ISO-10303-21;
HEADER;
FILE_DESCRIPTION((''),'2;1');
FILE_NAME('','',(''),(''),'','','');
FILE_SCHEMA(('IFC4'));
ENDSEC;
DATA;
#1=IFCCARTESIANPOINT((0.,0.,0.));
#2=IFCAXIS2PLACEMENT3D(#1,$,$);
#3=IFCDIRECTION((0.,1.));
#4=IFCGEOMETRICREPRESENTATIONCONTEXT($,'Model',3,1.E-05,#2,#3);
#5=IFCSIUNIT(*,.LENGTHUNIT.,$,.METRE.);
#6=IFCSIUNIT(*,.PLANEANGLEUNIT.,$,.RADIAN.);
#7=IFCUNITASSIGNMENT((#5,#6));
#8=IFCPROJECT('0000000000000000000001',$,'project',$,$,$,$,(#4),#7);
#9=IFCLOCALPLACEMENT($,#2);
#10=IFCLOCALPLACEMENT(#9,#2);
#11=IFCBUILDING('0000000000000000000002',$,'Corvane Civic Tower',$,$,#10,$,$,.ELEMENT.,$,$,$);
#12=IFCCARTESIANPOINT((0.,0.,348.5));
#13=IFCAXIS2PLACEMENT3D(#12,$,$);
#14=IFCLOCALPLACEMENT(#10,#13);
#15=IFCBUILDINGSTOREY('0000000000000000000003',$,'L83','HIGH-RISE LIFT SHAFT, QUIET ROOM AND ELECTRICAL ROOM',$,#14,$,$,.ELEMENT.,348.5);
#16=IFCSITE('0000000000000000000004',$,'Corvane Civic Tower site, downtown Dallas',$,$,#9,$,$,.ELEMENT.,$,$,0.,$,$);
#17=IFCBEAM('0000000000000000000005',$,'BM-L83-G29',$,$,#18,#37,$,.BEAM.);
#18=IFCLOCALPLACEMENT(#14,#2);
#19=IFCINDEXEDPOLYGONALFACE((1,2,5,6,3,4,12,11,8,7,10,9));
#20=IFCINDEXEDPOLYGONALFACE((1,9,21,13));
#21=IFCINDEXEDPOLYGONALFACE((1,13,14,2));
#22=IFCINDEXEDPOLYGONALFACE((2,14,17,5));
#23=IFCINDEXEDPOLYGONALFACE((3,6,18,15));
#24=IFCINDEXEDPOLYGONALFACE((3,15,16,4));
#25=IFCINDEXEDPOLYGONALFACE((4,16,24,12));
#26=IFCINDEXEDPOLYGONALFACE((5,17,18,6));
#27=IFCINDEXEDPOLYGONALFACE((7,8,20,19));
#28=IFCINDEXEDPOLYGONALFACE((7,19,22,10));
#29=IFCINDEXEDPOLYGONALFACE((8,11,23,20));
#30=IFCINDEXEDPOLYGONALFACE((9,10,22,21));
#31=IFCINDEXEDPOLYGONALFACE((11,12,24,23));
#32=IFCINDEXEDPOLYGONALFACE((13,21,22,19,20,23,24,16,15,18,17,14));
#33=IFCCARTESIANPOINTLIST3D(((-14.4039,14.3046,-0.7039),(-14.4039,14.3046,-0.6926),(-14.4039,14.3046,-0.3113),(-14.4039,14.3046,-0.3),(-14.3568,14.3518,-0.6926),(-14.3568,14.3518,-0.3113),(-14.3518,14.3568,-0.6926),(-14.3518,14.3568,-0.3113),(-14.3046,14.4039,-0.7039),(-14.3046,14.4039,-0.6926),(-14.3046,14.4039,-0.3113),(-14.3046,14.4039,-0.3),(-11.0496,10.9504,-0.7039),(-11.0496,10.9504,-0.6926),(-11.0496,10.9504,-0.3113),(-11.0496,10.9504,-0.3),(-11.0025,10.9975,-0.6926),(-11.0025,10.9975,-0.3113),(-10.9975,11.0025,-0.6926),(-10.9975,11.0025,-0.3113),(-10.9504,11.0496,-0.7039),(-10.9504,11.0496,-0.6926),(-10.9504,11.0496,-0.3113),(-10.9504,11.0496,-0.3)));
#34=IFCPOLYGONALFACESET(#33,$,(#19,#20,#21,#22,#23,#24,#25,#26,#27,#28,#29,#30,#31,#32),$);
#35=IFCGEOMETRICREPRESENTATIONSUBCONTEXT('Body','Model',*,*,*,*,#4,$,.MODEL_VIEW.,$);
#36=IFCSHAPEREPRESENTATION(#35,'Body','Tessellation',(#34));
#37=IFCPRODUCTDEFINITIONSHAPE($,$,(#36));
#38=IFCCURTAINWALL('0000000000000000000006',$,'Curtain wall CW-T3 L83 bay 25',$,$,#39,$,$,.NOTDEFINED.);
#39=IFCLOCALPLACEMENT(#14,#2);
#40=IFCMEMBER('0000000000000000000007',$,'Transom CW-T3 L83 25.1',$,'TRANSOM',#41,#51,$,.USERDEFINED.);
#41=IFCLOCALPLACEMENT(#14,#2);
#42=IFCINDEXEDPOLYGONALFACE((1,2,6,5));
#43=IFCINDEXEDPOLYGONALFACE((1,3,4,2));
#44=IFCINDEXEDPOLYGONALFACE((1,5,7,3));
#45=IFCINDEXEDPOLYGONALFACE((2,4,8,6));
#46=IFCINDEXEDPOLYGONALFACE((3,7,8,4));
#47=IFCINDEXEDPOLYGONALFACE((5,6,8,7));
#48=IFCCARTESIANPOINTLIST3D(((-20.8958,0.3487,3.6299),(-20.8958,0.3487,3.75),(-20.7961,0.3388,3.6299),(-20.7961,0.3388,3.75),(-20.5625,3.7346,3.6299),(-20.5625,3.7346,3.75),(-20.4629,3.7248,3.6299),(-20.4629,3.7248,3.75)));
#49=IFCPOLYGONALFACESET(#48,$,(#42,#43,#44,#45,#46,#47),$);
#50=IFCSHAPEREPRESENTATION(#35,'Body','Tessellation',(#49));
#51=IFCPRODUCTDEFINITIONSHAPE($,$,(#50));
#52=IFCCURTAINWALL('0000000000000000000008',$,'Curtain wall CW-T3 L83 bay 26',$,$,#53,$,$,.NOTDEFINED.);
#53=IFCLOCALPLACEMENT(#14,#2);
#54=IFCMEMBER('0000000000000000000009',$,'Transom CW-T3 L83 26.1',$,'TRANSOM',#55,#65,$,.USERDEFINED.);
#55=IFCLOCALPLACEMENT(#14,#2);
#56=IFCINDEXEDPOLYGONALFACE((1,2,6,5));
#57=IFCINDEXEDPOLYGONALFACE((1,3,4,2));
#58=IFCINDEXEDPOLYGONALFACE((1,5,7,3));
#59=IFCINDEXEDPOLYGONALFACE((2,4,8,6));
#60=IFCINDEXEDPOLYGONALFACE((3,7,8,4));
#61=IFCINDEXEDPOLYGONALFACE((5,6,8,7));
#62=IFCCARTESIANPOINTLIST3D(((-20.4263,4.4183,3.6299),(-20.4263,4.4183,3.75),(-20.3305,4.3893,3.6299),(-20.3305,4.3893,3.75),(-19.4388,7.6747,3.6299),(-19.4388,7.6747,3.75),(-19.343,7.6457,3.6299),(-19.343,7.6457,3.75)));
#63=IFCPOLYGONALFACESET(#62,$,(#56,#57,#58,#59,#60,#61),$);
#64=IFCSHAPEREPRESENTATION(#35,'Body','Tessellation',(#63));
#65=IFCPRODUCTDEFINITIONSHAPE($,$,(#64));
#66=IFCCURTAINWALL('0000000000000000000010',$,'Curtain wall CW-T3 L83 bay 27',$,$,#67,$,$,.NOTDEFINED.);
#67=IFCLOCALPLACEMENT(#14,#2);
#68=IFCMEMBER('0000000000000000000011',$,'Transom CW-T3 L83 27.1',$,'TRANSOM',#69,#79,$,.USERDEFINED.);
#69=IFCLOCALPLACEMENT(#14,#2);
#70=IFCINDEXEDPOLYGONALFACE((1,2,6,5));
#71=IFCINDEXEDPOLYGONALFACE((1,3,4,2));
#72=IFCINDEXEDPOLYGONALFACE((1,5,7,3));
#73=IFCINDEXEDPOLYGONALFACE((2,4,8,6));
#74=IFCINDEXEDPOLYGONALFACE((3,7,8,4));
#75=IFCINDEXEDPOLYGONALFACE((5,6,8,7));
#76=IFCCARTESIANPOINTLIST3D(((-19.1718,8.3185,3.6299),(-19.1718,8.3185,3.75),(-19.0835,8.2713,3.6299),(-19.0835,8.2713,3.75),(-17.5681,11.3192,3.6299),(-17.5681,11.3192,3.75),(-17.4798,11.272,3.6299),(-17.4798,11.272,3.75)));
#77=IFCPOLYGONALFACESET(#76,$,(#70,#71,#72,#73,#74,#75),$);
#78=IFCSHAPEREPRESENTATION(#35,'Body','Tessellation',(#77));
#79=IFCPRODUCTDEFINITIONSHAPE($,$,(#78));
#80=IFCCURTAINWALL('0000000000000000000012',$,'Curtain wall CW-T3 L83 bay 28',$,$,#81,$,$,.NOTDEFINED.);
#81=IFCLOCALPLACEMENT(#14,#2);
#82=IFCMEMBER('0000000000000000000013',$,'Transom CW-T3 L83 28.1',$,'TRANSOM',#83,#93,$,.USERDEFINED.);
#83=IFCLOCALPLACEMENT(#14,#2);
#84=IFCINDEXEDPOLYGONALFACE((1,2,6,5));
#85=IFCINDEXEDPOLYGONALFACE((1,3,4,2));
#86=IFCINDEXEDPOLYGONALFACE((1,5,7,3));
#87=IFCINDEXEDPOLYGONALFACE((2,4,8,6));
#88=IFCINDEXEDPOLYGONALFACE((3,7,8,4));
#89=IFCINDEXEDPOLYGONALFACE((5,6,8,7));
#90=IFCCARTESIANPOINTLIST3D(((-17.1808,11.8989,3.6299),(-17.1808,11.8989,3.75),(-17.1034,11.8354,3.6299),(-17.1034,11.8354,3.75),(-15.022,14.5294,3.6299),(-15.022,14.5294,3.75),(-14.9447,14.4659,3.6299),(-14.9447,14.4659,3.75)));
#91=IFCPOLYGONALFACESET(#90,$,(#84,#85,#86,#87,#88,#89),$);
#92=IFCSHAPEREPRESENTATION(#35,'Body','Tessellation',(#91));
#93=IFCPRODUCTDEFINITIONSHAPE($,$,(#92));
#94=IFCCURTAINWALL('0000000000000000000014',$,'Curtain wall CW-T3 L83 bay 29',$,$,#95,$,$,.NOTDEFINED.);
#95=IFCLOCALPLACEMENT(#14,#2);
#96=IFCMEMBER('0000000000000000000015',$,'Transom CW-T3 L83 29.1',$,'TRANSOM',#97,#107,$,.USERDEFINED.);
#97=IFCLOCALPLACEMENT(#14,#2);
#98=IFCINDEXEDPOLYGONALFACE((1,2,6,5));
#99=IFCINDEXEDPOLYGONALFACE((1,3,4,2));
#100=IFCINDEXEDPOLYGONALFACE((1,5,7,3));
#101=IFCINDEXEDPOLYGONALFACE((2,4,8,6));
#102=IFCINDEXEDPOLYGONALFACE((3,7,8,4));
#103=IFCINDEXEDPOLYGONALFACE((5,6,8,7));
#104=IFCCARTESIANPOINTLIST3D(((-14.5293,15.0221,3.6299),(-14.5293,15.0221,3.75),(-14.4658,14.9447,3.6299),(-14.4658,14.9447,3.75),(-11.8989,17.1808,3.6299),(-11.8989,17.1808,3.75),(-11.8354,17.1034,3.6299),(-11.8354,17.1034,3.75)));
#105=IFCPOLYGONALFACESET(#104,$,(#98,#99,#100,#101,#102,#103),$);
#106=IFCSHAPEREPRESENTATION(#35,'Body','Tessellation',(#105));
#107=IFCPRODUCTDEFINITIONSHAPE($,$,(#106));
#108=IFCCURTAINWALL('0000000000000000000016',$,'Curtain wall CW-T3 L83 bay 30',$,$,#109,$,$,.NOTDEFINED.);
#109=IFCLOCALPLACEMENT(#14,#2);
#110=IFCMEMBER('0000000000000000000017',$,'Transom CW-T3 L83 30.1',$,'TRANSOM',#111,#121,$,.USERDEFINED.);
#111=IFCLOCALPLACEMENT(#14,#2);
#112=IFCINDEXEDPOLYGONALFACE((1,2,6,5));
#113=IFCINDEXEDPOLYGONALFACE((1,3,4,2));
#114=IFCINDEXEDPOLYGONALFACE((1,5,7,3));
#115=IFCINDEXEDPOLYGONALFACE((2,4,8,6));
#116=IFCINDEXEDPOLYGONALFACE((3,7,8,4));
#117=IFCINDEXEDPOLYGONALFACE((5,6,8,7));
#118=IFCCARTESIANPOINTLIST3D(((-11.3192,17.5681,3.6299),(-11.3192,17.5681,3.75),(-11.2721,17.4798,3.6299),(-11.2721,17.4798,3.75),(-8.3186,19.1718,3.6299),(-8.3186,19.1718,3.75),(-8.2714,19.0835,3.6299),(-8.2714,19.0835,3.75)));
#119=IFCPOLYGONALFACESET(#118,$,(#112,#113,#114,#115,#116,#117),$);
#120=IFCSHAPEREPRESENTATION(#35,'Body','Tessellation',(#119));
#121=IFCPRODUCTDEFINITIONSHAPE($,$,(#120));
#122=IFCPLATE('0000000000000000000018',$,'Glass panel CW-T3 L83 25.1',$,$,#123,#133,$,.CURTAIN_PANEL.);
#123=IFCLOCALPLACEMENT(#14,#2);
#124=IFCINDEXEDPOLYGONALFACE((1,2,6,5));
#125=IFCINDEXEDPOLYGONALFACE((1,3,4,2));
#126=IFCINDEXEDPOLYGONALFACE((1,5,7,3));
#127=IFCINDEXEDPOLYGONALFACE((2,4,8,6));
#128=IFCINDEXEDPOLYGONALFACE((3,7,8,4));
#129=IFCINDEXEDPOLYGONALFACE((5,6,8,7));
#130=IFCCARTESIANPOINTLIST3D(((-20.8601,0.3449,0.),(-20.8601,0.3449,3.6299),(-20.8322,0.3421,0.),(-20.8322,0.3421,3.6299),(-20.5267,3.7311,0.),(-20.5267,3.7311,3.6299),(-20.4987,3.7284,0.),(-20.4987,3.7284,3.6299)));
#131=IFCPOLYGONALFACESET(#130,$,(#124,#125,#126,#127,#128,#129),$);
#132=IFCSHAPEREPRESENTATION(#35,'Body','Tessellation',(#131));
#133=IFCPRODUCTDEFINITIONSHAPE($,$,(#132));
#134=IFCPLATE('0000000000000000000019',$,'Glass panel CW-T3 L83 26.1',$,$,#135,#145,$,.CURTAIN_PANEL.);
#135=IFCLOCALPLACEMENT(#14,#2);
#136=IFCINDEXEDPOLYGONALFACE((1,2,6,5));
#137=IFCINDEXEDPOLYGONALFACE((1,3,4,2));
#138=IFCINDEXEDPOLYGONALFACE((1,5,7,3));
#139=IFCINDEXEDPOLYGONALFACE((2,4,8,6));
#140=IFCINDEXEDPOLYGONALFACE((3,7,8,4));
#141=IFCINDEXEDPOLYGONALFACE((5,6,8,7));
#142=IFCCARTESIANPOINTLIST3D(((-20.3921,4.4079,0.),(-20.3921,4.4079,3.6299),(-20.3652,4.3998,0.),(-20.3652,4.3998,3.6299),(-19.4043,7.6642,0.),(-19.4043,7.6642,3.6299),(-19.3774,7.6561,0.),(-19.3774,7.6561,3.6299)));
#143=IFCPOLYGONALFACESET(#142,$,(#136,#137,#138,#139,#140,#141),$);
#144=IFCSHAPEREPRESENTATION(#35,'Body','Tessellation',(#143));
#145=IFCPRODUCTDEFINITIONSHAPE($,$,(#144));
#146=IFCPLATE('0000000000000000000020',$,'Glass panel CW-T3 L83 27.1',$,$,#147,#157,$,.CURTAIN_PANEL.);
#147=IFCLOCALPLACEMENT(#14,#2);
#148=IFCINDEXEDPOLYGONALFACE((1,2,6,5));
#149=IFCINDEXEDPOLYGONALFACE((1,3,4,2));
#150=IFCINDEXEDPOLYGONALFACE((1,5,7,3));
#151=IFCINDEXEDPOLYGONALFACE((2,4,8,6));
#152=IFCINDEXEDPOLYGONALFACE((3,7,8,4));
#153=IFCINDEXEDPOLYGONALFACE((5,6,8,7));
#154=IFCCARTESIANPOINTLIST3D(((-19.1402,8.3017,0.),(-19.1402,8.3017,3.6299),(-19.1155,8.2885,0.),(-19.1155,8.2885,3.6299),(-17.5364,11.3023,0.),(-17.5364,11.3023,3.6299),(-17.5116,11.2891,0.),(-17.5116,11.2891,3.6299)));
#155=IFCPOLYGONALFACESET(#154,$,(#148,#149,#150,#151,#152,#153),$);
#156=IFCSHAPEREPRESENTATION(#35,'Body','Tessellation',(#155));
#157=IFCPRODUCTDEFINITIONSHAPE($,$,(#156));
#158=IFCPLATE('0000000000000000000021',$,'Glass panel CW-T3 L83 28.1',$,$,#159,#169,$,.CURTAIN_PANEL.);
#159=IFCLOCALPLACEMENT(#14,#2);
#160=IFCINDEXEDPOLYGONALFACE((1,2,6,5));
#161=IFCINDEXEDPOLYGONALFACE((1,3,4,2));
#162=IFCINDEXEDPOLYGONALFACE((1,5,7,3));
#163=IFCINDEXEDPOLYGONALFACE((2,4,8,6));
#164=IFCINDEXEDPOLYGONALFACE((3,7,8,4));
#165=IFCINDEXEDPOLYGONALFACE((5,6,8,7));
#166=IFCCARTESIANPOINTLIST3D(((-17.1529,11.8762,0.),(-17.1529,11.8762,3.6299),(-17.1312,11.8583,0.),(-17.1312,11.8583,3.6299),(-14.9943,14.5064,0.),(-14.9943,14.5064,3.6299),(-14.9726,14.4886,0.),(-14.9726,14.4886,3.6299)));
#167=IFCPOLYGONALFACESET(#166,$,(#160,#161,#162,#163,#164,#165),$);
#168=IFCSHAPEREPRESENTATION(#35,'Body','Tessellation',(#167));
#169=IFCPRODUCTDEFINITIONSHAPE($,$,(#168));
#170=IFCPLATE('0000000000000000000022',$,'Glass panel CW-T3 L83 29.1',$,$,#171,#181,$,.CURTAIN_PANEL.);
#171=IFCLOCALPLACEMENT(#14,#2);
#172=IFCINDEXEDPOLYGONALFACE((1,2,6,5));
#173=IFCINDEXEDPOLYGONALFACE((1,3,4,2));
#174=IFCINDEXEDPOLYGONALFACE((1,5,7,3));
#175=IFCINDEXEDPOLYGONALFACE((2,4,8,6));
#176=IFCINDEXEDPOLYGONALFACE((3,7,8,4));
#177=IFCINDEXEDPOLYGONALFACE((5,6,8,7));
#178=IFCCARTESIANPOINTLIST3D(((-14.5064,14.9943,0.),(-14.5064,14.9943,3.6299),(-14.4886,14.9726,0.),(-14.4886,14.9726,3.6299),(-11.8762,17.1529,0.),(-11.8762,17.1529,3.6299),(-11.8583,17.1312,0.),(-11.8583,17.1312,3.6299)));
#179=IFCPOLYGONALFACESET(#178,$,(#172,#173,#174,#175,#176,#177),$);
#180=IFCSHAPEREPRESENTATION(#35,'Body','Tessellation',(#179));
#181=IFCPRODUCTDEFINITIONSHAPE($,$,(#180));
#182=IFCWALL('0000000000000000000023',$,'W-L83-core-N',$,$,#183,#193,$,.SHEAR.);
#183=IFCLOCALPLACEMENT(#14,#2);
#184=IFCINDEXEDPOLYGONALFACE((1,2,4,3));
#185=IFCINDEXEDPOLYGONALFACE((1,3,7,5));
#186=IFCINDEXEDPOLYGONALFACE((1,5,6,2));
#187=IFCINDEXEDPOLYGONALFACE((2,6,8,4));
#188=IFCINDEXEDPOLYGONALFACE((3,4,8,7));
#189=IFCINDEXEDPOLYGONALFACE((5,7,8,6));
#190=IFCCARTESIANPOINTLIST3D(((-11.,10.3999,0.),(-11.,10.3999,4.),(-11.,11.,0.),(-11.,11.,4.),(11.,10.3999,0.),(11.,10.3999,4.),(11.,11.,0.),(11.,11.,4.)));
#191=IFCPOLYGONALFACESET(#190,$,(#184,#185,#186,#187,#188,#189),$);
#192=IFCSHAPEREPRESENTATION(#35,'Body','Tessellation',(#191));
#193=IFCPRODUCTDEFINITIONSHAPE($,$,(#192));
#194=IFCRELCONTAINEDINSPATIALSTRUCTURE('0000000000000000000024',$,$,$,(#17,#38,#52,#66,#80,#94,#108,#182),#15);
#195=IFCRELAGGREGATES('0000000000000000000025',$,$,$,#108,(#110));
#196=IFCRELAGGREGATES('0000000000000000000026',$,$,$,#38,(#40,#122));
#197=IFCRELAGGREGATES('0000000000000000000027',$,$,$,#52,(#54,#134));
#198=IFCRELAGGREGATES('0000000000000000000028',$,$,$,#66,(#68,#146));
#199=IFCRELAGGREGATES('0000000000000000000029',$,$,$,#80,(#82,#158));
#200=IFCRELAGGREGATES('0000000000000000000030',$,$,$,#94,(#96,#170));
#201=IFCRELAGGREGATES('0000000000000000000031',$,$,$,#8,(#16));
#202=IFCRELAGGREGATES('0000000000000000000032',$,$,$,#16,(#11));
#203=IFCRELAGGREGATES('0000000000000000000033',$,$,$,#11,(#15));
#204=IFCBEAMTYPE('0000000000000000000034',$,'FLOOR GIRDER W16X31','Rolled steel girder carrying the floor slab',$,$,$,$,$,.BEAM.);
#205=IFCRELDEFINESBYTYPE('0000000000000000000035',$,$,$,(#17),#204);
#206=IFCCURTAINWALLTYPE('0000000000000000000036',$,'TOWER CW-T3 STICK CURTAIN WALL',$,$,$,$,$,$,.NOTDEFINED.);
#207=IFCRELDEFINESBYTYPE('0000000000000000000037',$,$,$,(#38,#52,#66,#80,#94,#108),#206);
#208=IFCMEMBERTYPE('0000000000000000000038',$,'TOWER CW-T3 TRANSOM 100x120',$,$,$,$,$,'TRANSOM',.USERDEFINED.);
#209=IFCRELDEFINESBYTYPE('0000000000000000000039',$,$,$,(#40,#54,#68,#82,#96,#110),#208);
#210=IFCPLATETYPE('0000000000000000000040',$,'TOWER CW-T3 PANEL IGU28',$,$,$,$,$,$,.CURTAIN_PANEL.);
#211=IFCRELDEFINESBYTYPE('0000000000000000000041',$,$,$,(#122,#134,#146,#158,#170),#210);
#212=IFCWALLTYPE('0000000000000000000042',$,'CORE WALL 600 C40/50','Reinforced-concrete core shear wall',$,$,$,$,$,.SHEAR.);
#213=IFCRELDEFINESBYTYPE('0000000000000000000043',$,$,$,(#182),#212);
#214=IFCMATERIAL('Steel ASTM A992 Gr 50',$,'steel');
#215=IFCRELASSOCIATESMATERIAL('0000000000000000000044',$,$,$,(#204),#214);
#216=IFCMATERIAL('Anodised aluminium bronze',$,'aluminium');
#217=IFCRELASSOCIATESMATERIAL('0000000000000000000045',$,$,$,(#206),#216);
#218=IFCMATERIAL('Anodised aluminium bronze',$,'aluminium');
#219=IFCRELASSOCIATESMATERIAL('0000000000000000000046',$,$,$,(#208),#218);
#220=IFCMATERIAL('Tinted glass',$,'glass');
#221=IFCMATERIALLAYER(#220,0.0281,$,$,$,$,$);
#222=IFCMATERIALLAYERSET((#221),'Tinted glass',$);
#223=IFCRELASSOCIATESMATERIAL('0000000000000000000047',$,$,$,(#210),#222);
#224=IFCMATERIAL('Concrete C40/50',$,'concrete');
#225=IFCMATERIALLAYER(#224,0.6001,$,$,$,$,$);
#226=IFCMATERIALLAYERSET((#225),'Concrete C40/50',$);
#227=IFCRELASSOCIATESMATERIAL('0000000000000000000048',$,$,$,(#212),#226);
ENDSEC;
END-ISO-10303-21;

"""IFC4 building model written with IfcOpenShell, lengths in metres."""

from ifc_helpers import new_model, si_unit, direction, frame, frame_2d, origin, origin_2d, place, context, subcontext, project, spatial, rectangle, i_section, extrude, material, layer, layer_set, material_profile, profile_set, type_object, element, aggregate, save


model = new_model("IFC4")

# Units and contexts
model_context = context("Model", 3, precision=1e-05, world=origin(), true_north=direction((0.0, 1.0)))
body_context = subcontext(model_context, "Body", "Model", "MODEL_VIEW")
ifc_project = project(units=[si_unit("LENGTHUNIT", "METRE"), si_unit("PLANEANGLEUNIT", "RADIAN")], contexts=[model_context])

# Site, building, storey
site_placement = place(None, origin())
site = spatial("IfcSite", under=ifc_project, at=site_placement, Name="Corvane Civic Tower site, downtown Dallas", CompositionType="ELEMENT", RefElevation=0.0)
building_placement = place(site_placement, origin())
building = spatial("IfcBuilding", under=site, at=building_placement, Name="Corvane Civic Tower", CompositionType="ELEMENT")
storey_placement = place(building_placement, frame((0.0, 0.0, 348.5)))
storey = spatial("IfcBuildingStorey", under=building, at=storey_placement, Name="L83", Description="HIGH-RISE LIFT SHAFT, QUIET ROOM AND ELECTRICAL ROOM", CompositionType="ELEMENT", Elevation=348.5)

# Beam
ifc_material_1 = material(Name="Steel ASTM A992 Gr 50", Category="steel")
ifc_material_profile_1 = material_profile(ifc_material_1, i_section(OverallWidth=0.1404, OverallDepth=0.4038, WebThickness=0.0071, FlangeThickness=0.0112, at=origin_2d()), Name="W16X31")
ifc_profile_set_1 = profile_set([ifc_material_profile_1], Name="Steel ASTM A992 Gr 50")
beam_type_1 = type_object("IfcBeamType", Name="FLOOR GIRDER W16X31", Description="Rolled steel girder carrying the floor slab", PredefinedType="BEAM", material=ifc_profile_set_1)
beam_1_placement = place(storey_placement, frame((-11.0, 11.0, -0.502), z_axis=(-0.707107, 0.707107, 0.0), x_axis=(-0.707107, -0.707107, 0.0)))
element("IfcBeam", 1, at=beam_1_placement, inside=storey, type_object=beam_type_1, Name="BM-L83-G29", PredefinedType="BEAM", context=body_context, shape_type="SweptSolid", body=[
    extrude(i_section(OverallWidth=0.1404, OverallDepth=0.4038, WebThickness=0.0071, FlangeThickness=0.0112, at=origin_2d()), origin(), (0.0, 0.0, 1.0), 4.7437),
])

# Curtain walls, members
ifc_material_2 = material(Name="Anodised aluminium bronze", Category="aluminium")
curtain_wall_type = type_object("IfcCurtainWallType", Name="TOWER CW-T3 STICK CURTAIN WALL", PredefinedType="NOTDEFINED", material=ifc_material_2)
curtain_wall_1_placement = place(storey_placement, origin())
curtain_wall_1 = element("IfcCurtainWall", 2, at=curtain_wall_1_placement, inside=storey, type_object=curtain_wall_type, Name="Curtain wall CW-T3 L83 bay 25", PredefinedType="NOTDEFINED")
ifc_material_3 = material(Name="Anodised aluminium bronze", Category="aluminium")
ifc_material_profile_2 = material_profile(ifc_material_3, rectangle(XDim=0.1001, YDim=0.1201, at=origin_2d()), Name="TOWER CW-T3 TRANSOM 100x120")
ifc_profile_set_2 = profile_set([ifc_material_profile_2], Name="Anodised aluminium bronze")
member_type = type_object("IfcMemberType", Name="TOWER CW-T3 TRANSOM 100x120", ElementType="TRANSOM", PredefinedType="USERDEFINED", material=ifc_profile_set_2)
member_1_placement = place(storey_placement, frame((-20.8459, 0.3438, 3.6899), z_axis=(0.097948, 0.995192, 0.0), x_axis=(-0.995192, 0.097948, 0.0)))
member_1 = element("IfcMember", 3, at=member_1_placement, type_object=member_type, Name="Transom CW-T3 L83 25.1", ObjectType="TRANSOM", PredefinedType="USERDEFINED", context=body_context, shape_type="SweptSolid", body=[
    extrude(rectangle(XDim=0.1001, YDim=0.1201, at=origin_2d()), origin(), (0.0, 0.0, 1.0), 3.4023),
])
curtain_wall_2_placement = place(storey_placement, origin())
curtain_wall_2 = element("IfcCurtainWall", 4, at=curtain_wall_2_placement, inside=storey, type_object=curtain_wall_type, Name="Curtain wall CW-T3 L83 bay 26", PredefinedType="NOTDEFINED")
member_2_placement = place(storey_placement, frame((-20.3784, 4.4038, 3.6899), z_axis=(0.290216, 0.956961, 0.0), x_axis=(-0.956961, 0.290216, 0.0)))
member_2 = element("IfcMember", 5, at=member_2_placement, type_object=member_type, Name="Transom CW-T3 L83 26.1", ObjectType="TRANSOM", PredefinedType="USERDEFINED", context=body_context, shape_type="SweptSolid", body=[
    extrude(rectangle(XDim=0.1001, YDim=0.1201, at=origin_2d()), origin(), (0.0, 0.0, 1.0), 3.4028),
])
curtain_wall_3_placement = place(storey_placement, origin())
curtain_wall_3 = element("IfcCurtainWall", 6, at=curtain_wall_3_placement, inside=storey, type_object=curtain_wall_type, Name="Curtain wall CW-T3 L83 bay 27", PredefinedType="NOTDEFINED")
member_3_placement = place(storey_placement, frame((-19.1277, 8.2949, 3.6899), z_axis=(0.471359, 0.881941, 0.0), x_axis=(-0.881941, 0.471359, 0.0)))
member_3 = element("IfcMember", 7, at=member_3_placement, type_object=member_type, Name="Transom CW-T3 L83 27.1", ObjectType="TRANSOM", PredefinedType="USERDEFINED", context=body_context, shape_type="SweptSolid", body=[
    extrude(rectangle(XDim=0.1001, YDim=0.1201, at=origin_2d()), origin(), (0.0, 0.0, 1.0), 3.4023),
])
curtain_wall_4_placement = place(storey_placement, origin())
curtain_wall_4 = element("IfcCurtainWall", 8, at=curtain_wall_4_placement, inside=storey, type_object=curtain_wall_type, Name="Curtain wall CW-T3 L83 bay 28", PredefinedType="NOTDEFINED")
member_4_placement = place(storey_placement, frame((-17.1421, 11.8672, 3.6899), z_axis=(0.634394, 0.77301, 0.0), x_axis=(-0.77301, 0.634394, 0.0)))
member_4 = element("IfcMember", 9, at=member_4_placement, type_object=member_type, Name="Transom CW-T3 L83 28.1", ObjectType="TRANSOM", PredefinedType="USERDEFINED", context=body_context, shape_type="SweptSolid", body=[
    extrude(rectangle(XDim=0.1001, YDim=0.1201, at=origin_2d()), origin(), (0.0, 0.0, 1.0), 3.4028),
])
curtain_wall_5_placement = place(storey_placement, origin())
curtain_wall_5 = element("IfcCurtainWall", 10, at=curtain_wall_5_placement, inside=storey, type_object=curtain_wall_type, Name="Curtain wall CW-T3 L83 bay 29", PredefinedType="NOTDEFINED")
member_5_placement = place(storey_placement, frame((-14.4976, 14.9834, 3.6899), z_axis=(0.77301, 0.634394, 0.0), x_axis=(-0.634394, 0.77301, 0.0)))
member_5 = element("IfcMember", 11, at=member_5_placement, type_object=member_type, Name="Transom CW-T3 L83 29.1", ObjectType="TRANSOM", PredefinedType="USERDEFINED", context=body_context, shape_type="SweptSolid", body=[
    extrude(rectangle(XDim=0.1001, YDim=0.1201, at=origin_2d()), origin(), (0.0, 0.0, 1.0), 3.4028),
])
curtain_wall_6_placement = place(storey_placement, origin())
curtain_wall_6 = element("IfcCurtainWall", 12, at=curtain_wall_6_placement, inside=storey, type_object=curtain_wall_type, Name="Curtain wall CW-T3 L83 bay 30", PredefinedType="NOTDEFINED")
member_6_placement = place(storey_placement, frame((-11.2957, 17.5239, 3.6899), z_axis=(0.881941, 0.471359, 0.0), x_axis=(-0.471359, 0.881941, 0.0)))
member_6 = element("IfcMember", 13, at=member_6_placement, type_object=member_type, Name="Transom CW-T3 L83 30.1", ObjectType="TRANSOM", PredefinedType="USERDEFINED", context=body_context, shape_type="SweptSolid", body=[
    extrude(rectangle(XDim=0.1001, YDim=0.1201, at=origin_2d()), origin(), (0.0, 0.0, 1.0), 3.4023),
])
aggregate(curtain_wall_6, [member_6])

# Plates
ifc_material_4 = material(Name="Tinted glass", Category="glass")
ifc_layer_1 = layer(ifc_material_4, 0.0281)
ifc_layer_set_1 = layer_set([ifc_layer_1], Name="Tinted glass")
plate_type = type_object("IfcPlateType", Name="TOWER CW-T3 PANEL IGU28", PredefinedType="CURTAIN_PANEL", material=ifc_layer_set_1)
plate_1_placement = place(storey_placement, frame((-20.6794, 2.0366, 0.0), z_axis=(0.0, 0.0, 1.0), x_axis=(0.097998, 0.995187, 0.0)))
plate_1 = element("IfcPlate", 14, at=plate_1_placement, type_object=plate_type, Name="Glass panel CW-T3 L83 25.1", PredefinedType="CURTAIN_PANEL", context=body_context, shape_type="SweptSolid", body=[
    extrude(rectangle(XDim=3.4026, YDim=0.0281, at=origin_2d()), origin(), (0.0, 0.0, 1.0), 3.6299),
])
aggregate(curtain_wall_1, [member_1, plate_1])
plate_2_placement = place(storey_placement, frame((-19.8848, 6.032, 0.0), z_axis=(0.0, 0.0, 1.0), x_axis=(0.29029, 0.956939, 0.0)))
plate_2 = element("IfcPlate", 15, at=plate_2_placement, type_object=plate_type, Name="Glass panel CW-T3 L83 26.1", PredefinedType="CURTAIN_PANEL", context=body_context, shape_type="SweptSolid", body=[
    extrude(rectangle(XDim=3.4028, YDim=0.0281, at=origin_2d()), origin(), (0.0, 0.0, 1.0), 3.6299),
])
aggregate(curtain_wall_2, [member_2, plate_2])
plate_3_placement = place(storey_placement, frame((-18.3259, 9.7954, 0.0), z_axis=(0.0, 0.0, 1.0), x_axis=(0.471384, 0.881928, 0.0)))
plate_3 = element("IfcPlate", 16, at=plate_3_placement, type_object=plate_type, Name="Glass panel CW-T3 L83 27.1", PredefinedType="CURTAIN_PANEL", context=body_context, shape_type="SweptSolid", body=[
    extrude(rectangle(XDim=3.4023, YDim=0.0281, at=origin_2d()), origin(), (0.0, 0.0, 1.0), 3.6299),
])
aggregate(curtain_wall_3, [member_3, plate_3])
plate_4_placement = place(storey_placement, frame((-16.0627, 13.1824, 0.0), z_axis=(0.0, 0.0, 1.0), x_axis=(0.634393, 0.77301, 0.0)))
plate_4 = element("IfcPlate", 17, at=plate_4_placement, type_object=plate_type, Name="Glass panel CW-T3 L83 28.1", PredefinedType="CURTAIN_PANEL", context=body_context, shape_type="SweptSolid", body=[
    extrude(rectangle(XDim=3.4026, YDim=0.0281, at=origin_2d()), origin(), (0.0, 0.0, 1.0), 3.6299),
])
aggregate(curtain_wall_4, [member_4, plate_4])
plate_5_placement = place(storey_placement, frame((-13.1824, 16.0627, 0.0), z_axis=(0.0, 0.0, 1.0), x_axis=(0.77301, 0.634393, 0.0)))
plate_5 = element("IfcPlate", 18, at=plate_5_placement, type_object=plate_type, Name="Glass panel CW-T3 L83 29.1", PredefinedType="CURTAIN_PANEL", context=body_context, shape_type="SweptSolid", body=[
    extrude(rectangle(XDim=3.4026, YDim=0.0281, at=origin_2d()), origin(), (0.0, 0.0, 1.0), 3.6299),
])
aggregate(curtain_wall_5, [member_5, plate_5])

# Wall
ifc_material_5 = material(Name="Concrete C40/50", Category="concrete")
ifc_layer_2 = layer(ifc_material_5, 0.6001)
ifc_layer_set_2 = layer_set([ifc_layer_2], Name="Concrete C40/50")
wall_type_1 = type_object("IfcWallType", Name="CORE WALL 600 C40/50", Description="Reinforced-concrete core shear wall", PredefinedType="SHEAR", material=ifc_layer_set_2)
wall_1_placement = place(storey_placement, frame((-11.0, 10.7, 0.0), z_axis=(0.0, 0.0, 1.0), x_axis=(1.0, 0.0, 0.0)))
element("IfcWall", 19, at=wall_1_placement, inside=storey, type_object=wall_type_1, Name="W-L83-core-N", PredefinedType="SHEAR", context=body_context, shape_type="SweptSolid", body=[
    extrude(rectangle(XDim=22.0, YDim=0.6001, at=frame_2d((11.0, 0.0))), origin(), (0.0, 0.0, 1.0), 4.0),
])

save(model, "model.ifc")
